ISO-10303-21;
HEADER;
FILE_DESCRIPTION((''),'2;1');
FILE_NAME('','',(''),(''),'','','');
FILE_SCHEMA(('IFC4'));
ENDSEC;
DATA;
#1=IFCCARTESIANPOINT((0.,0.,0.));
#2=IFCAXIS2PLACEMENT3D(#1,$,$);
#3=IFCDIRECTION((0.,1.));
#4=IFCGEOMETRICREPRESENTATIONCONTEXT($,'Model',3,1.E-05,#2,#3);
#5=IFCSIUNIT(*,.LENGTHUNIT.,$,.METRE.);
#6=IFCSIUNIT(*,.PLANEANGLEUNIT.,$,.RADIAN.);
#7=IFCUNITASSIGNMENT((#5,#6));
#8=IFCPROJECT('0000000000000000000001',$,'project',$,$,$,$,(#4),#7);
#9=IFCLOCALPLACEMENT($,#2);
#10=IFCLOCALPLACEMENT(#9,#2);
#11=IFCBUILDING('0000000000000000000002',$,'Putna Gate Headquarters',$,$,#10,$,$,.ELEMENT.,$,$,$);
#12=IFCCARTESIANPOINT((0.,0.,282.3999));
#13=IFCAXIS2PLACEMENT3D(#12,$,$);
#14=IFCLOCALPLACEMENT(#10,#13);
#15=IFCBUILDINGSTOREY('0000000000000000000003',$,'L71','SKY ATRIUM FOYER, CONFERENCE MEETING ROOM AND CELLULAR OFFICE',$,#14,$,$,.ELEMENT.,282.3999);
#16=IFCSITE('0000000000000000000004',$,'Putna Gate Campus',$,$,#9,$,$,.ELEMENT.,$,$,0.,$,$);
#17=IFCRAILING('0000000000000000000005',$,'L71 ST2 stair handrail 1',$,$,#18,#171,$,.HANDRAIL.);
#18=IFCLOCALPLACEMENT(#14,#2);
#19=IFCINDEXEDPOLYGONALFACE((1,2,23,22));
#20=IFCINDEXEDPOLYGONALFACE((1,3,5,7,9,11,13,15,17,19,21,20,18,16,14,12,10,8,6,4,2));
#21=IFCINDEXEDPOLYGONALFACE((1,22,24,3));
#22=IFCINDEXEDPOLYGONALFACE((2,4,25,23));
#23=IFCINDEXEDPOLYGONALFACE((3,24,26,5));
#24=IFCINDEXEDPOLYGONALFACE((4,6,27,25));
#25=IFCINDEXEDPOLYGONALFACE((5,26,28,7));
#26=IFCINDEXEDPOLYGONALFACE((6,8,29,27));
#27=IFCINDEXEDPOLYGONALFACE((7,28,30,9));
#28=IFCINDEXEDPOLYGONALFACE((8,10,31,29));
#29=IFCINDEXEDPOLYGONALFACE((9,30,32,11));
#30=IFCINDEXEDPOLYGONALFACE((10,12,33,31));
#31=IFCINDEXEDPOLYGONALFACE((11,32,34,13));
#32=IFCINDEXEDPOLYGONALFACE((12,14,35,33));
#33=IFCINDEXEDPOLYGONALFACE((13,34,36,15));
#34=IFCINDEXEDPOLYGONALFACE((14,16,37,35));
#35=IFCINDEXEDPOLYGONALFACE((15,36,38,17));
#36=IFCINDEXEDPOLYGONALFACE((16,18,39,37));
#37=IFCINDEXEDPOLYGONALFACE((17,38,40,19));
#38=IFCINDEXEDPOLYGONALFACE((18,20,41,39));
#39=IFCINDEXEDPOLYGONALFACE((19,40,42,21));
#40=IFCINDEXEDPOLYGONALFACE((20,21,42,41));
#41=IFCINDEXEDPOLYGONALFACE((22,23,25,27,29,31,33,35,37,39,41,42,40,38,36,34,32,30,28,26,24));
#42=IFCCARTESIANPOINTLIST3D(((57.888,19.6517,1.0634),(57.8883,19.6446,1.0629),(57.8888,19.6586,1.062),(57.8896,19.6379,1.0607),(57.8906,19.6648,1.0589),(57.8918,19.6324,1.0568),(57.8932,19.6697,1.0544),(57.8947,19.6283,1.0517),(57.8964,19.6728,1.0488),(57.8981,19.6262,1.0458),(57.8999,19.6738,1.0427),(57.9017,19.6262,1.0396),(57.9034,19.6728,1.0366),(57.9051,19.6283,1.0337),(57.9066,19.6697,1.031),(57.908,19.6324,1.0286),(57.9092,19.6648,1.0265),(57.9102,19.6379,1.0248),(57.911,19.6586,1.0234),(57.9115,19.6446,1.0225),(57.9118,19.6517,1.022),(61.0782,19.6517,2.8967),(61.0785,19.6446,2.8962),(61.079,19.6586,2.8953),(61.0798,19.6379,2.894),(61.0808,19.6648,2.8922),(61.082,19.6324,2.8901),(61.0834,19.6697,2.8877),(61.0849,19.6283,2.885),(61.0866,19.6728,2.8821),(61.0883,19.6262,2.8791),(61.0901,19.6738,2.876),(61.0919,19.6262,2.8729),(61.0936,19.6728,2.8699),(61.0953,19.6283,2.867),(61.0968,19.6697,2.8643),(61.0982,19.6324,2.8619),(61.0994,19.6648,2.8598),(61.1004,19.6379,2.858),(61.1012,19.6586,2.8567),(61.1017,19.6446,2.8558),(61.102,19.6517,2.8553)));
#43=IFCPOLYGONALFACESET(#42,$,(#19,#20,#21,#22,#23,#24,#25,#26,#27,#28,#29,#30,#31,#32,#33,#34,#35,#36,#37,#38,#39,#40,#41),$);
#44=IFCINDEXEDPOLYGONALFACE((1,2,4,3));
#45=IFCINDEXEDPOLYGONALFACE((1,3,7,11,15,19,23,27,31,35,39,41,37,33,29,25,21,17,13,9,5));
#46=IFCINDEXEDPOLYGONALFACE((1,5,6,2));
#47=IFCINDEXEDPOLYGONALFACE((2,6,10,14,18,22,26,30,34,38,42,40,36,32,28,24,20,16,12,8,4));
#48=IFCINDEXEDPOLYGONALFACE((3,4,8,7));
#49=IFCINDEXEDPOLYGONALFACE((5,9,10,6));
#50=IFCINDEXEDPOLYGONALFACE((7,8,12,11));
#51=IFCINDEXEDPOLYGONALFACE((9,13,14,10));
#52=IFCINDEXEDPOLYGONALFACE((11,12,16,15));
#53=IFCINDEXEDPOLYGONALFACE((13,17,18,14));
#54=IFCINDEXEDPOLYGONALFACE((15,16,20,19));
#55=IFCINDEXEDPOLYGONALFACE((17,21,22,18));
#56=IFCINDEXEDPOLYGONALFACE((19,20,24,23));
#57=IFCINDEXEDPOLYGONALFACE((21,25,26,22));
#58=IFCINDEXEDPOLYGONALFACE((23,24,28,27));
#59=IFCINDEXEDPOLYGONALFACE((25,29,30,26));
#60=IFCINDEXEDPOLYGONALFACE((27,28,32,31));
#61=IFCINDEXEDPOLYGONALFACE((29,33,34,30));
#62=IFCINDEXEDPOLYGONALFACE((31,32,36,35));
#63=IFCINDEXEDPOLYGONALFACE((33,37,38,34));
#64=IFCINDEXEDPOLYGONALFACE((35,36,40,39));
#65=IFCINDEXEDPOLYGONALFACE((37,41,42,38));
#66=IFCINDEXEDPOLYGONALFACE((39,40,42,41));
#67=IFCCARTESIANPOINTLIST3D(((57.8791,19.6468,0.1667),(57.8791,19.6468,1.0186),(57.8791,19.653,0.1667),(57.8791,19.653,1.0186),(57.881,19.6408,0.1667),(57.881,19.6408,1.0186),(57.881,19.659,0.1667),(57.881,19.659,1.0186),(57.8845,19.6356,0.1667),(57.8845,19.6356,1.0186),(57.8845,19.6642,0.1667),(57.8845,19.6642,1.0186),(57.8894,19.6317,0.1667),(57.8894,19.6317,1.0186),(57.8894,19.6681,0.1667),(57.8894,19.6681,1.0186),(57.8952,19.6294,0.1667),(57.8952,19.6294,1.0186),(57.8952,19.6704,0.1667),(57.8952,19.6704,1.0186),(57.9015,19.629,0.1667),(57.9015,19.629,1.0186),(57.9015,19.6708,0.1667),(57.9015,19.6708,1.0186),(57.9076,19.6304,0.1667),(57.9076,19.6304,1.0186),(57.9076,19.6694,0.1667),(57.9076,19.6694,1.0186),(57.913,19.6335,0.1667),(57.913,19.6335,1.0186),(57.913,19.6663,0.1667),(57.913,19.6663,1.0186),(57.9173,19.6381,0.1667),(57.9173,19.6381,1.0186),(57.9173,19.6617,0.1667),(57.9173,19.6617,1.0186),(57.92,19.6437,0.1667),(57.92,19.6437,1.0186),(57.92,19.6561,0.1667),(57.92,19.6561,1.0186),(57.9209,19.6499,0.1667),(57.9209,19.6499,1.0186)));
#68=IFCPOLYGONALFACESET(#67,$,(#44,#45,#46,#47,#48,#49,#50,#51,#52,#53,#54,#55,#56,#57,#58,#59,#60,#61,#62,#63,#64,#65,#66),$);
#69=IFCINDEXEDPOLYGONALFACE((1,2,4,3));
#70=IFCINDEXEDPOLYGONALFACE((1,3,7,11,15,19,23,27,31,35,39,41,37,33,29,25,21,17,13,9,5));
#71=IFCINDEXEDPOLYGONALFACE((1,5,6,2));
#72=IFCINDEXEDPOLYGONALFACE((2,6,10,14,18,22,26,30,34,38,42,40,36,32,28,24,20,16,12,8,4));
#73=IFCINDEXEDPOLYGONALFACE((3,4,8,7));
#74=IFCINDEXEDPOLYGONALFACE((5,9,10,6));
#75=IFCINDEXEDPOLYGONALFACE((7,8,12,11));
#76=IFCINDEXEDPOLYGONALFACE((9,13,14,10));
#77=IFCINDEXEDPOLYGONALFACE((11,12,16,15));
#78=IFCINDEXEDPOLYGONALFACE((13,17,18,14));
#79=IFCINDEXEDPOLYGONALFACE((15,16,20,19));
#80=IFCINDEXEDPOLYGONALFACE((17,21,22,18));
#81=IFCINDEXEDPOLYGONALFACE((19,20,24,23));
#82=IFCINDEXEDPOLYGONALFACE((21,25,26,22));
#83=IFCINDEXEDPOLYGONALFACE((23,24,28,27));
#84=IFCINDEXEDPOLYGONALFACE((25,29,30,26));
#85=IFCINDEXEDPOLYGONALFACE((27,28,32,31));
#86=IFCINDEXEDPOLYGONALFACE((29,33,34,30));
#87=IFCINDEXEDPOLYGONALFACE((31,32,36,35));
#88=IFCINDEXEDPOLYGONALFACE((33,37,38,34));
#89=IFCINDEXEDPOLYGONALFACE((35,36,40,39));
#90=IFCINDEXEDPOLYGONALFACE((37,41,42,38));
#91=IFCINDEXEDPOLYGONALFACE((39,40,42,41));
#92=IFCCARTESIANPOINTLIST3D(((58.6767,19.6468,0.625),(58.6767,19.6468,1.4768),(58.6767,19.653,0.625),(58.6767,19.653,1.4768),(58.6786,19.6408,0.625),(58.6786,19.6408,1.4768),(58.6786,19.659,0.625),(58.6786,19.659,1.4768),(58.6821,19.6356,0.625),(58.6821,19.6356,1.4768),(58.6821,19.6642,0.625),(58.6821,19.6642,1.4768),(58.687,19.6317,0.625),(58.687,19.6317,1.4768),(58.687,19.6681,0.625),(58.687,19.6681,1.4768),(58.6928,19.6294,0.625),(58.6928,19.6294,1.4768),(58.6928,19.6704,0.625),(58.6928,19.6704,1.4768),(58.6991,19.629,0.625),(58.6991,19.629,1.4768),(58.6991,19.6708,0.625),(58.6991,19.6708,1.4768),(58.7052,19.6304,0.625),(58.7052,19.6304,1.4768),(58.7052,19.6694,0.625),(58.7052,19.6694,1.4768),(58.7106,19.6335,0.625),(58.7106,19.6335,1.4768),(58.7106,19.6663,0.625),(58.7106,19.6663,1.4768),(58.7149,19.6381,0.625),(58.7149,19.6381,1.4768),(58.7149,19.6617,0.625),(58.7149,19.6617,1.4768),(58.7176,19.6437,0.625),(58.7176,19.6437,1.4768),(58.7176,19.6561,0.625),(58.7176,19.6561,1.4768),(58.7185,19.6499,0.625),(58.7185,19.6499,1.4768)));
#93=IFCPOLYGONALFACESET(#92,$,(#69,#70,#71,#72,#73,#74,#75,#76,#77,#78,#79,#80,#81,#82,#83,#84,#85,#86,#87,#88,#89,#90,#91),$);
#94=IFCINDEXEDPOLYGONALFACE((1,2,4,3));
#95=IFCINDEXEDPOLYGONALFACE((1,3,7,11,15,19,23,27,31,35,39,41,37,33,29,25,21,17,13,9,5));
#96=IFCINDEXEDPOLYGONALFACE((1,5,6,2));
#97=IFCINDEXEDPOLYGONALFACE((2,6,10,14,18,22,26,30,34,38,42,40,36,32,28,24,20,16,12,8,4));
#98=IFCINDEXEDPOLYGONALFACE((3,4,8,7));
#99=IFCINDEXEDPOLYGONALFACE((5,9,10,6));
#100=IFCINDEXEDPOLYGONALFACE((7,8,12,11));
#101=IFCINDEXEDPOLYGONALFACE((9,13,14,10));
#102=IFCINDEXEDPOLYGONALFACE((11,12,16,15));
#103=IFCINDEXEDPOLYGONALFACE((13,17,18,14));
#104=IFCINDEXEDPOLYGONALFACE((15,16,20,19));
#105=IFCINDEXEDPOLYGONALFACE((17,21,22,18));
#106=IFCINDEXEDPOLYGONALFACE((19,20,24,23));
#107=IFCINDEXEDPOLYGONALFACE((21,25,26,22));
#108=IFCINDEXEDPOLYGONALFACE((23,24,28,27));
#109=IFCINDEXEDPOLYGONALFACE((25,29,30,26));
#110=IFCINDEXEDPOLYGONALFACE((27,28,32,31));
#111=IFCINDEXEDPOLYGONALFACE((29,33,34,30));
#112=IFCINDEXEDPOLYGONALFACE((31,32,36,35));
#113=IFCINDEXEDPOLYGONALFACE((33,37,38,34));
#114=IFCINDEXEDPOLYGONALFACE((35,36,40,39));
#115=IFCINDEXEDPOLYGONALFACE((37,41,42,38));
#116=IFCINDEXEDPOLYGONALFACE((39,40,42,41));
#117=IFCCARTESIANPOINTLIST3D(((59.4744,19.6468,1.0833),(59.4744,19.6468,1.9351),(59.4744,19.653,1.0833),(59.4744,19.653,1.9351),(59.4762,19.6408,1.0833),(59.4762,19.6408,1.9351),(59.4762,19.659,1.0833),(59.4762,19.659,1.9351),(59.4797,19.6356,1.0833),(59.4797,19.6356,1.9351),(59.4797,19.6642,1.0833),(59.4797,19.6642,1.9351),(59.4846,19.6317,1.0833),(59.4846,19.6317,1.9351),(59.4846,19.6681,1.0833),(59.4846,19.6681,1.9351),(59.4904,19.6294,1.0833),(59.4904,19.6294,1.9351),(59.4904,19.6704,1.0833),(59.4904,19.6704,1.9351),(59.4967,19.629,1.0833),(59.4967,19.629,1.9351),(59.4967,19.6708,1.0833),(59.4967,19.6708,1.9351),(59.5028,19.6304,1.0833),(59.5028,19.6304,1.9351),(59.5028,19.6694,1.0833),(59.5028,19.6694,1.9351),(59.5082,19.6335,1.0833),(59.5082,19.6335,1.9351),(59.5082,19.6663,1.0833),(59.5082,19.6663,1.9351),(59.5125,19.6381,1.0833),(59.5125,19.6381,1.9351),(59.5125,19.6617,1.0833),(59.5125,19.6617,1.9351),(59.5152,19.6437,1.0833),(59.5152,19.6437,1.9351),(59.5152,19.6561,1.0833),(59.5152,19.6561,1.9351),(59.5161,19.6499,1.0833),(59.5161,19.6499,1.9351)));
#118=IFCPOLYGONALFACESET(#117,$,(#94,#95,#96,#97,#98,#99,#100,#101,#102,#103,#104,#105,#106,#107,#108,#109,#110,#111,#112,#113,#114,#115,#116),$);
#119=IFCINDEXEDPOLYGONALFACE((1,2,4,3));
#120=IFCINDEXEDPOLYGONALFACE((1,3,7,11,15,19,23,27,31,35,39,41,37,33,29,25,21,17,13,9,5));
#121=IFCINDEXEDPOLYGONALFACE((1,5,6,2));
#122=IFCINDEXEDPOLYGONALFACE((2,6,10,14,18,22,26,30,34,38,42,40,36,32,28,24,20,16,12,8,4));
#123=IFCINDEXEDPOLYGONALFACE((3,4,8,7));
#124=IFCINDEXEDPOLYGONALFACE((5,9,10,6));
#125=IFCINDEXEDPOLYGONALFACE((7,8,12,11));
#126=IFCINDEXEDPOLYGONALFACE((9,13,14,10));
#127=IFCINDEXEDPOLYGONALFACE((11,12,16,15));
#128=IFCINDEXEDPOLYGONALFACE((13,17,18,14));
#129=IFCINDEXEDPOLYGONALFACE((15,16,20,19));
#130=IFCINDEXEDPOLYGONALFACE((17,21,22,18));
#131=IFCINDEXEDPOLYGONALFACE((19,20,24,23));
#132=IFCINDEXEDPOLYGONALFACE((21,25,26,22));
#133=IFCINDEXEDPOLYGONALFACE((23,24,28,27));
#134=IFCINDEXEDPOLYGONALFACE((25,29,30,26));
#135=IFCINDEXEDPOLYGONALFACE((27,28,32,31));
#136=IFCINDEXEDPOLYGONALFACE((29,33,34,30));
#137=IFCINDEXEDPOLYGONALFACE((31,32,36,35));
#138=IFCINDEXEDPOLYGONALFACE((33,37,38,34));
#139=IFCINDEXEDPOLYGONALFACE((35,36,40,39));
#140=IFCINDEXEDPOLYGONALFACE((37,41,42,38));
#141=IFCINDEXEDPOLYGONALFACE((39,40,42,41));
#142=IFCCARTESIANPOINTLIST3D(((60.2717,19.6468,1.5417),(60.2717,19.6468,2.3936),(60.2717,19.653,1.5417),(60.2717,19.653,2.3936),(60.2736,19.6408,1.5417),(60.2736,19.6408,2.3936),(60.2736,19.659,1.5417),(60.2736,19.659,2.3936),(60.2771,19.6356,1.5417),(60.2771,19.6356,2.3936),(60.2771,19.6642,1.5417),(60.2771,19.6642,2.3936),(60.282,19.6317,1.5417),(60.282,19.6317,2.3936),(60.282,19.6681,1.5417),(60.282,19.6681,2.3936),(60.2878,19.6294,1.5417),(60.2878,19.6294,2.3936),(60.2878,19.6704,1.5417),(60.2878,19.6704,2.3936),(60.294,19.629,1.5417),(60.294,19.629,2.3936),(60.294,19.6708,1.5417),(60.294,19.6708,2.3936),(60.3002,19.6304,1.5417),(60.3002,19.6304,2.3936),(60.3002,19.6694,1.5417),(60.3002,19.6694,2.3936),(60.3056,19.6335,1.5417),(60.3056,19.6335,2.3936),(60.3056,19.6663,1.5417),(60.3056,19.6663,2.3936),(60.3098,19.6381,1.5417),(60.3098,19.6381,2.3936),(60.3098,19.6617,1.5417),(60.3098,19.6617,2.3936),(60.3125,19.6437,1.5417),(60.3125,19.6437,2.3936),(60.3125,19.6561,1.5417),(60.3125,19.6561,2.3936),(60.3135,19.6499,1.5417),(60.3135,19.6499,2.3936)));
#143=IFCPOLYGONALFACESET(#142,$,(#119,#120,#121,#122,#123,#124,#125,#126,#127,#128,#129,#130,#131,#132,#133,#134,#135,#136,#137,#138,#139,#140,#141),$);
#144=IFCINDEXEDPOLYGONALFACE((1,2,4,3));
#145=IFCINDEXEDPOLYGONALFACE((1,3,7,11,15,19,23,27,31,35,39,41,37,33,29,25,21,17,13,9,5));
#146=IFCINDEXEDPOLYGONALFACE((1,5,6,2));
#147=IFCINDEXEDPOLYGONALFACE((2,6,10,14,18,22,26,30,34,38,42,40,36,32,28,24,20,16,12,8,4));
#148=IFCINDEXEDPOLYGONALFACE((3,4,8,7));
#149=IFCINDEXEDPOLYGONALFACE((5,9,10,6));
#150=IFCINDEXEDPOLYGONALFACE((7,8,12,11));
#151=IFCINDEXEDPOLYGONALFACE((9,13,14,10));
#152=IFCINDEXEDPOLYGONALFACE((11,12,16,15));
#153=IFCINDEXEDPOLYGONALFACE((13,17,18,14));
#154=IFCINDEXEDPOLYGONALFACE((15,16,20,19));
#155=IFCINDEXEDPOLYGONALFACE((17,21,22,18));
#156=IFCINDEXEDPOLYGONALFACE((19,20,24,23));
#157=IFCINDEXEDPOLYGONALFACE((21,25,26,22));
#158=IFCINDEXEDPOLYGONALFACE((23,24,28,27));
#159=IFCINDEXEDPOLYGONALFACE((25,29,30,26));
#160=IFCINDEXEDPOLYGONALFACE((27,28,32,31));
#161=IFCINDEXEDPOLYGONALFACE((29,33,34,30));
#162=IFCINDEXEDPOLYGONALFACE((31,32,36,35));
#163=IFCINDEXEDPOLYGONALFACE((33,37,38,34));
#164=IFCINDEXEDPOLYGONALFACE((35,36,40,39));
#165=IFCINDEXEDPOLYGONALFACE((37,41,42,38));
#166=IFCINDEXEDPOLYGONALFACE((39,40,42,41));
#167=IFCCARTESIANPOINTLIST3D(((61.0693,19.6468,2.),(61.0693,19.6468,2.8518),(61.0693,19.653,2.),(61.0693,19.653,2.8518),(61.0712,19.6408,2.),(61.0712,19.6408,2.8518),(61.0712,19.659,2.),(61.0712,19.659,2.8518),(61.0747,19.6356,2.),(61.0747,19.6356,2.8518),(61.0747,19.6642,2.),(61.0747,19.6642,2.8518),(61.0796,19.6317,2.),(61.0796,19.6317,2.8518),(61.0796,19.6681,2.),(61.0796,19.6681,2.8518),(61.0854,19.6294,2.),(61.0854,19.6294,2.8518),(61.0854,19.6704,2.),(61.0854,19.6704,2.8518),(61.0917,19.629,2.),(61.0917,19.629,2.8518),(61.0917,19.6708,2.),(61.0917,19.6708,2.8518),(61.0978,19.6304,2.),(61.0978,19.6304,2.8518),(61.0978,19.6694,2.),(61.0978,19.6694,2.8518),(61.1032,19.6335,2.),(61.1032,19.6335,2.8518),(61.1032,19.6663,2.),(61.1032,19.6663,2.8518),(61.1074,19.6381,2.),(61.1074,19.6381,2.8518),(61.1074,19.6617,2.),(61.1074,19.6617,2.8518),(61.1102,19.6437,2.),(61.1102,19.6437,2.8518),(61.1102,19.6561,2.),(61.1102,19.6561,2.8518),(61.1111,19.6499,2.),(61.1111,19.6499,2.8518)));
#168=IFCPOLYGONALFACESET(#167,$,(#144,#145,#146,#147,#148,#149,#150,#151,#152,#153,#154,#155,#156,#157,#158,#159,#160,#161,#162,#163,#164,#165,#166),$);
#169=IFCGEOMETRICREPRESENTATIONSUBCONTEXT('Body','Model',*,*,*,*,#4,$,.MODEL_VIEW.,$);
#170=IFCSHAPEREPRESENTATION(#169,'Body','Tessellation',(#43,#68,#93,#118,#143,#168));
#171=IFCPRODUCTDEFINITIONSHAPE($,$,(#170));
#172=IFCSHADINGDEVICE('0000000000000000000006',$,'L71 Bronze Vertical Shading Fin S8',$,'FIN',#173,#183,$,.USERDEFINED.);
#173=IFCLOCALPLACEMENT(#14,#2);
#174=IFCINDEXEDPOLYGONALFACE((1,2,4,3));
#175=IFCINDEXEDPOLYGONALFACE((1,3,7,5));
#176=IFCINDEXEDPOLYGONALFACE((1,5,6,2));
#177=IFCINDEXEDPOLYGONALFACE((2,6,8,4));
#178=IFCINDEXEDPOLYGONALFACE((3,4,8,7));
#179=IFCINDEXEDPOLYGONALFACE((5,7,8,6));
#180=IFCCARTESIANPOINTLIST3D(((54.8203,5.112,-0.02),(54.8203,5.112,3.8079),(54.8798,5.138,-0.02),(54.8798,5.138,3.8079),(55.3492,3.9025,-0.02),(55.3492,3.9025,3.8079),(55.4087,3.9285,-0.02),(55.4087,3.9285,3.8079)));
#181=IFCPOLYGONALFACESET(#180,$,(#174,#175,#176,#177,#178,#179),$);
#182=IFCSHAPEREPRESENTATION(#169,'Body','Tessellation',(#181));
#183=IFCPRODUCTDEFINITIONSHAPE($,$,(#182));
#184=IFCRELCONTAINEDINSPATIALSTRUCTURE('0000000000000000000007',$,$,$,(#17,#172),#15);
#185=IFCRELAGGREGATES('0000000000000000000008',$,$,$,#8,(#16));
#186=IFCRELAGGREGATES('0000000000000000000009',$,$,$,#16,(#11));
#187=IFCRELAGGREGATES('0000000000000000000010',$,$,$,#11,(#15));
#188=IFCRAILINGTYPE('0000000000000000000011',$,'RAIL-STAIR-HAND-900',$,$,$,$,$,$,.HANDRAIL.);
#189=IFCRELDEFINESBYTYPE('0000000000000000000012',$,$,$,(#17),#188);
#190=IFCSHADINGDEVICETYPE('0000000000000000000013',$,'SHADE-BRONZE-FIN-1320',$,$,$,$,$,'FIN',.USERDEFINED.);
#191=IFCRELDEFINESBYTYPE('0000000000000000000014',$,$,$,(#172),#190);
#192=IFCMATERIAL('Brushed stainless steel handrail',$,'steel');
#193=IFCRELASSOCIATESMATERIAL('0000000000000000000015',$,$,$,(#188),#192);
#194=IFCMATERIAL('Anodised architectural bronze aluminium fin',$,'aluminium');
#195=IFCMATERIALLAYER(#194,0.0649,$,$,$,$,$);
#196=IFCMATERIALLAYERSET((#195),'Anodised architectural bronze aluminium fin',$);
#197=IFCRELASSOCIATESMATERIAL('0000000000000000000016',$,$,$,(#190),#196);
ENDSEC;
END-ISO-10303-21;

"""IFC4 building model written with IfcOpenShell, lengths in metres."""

from ifc_helpers import new_model, si_unit, direction, frame, origin, origin_2d, place, context, subcontext, project, spatial, rectangle, circle, extrude, material, layer, layer_set, type_object, element, save


model = new_model("IFC4")

# Units and contexts
model_context = context("Model", 3, precision=1e-05, world=origin(), true_north=direction((0.0, 1.0)))
body_context = subcontext(model_context, "Body", "Model", "MODEL_VIEW")
ifc_project = project(units=[si_unit("LENGTHUNIT", "METRE"), si_unit("PLANEANGLEUNIT", "RADIAN")], contexts=[model_context])

# Site, building, storey
site_placement = place(None, origin())
site = spatial("IfcSite", under=ifc_project, at=site_placement, Name="Putna Gate Campus", CompositionType="ELEMENT", RefElevation=0.0)
building_placement = place(site_placement, origin())
building = spatial("IfcBuilding", under=site, at=building_placement, Name="Putna Gate Headquarters", CompositionType="ELEMENT")
storey_placement = place(building_placement, frame((0.0, 0.0, 282.3999)))
storey = spatial("IfcBuildingStorey", under=building, at=storey_placement, Name="L71", Description="SKY ATRIUM FOYER, CONFERENCE MEETING ROOM AND CELLULAR OFFICE", CompositionType="ELEMENT", Elevation=282.3999)

# Railing
ifc_material_1 = material(Name="Brushed stainless steel handrail", Category="steel")
railing_type_1 = type_object("IfcRailingType", Name="RAIL-STAIR-HAND-900", PredefinedType="HANDRAIL", material=ifc_material_1)
railing_1_placement = place(storey_placement, frame((57.8999, 19.6499, 0.1667)))
element("IfcRailing", 1, at=railing_1_placement, inside=storey, type_object=railing_type_1, Name="L71 ST2 stair handrail 1", PredefinedType="HANDRAIL", context=body_context, shape_type="SweptSolid", body=[
    extrude(circle(Radius=0.0239, at=origin_2d()), frame((0.0, 0.0, 0.876), z_axis=(0.867036, 0.0, 0.498245), x_axis=(0.0, 1.0, 0.0)), (0.0, 0.0, 1.0), 3.6794),
    extrude(circle(Radius=0.021, at=origin_2d()), origin(), (0.0, 0.0, 1.0), 0.8518),
    extrude(circle(Radius=0.021, at=origin_2d()), frame((0.7976, 0.0, 0.4583)), (0.0, 0.0, 1.0), 0.8518),
    extrude(circle(Radius=0.021, at=origin_2d()), frame((1.5952, 0.0, 0.9165)), (0.0, 0.0, 1.0), 0.8518),
    extrude(circle(Radius=0.021, at=origin_2d()), frame((2.3926, 0.0, 1.375)), (0.0, 0.0, 1.0), 0.8518),
    extrude(circle(Radius=0.021, at=origin_2d()), frame((3.1902, 0.0, 1.8333)), (0.0, 0.0, 1.0), 0.8518),
])

# Shading device
ifc_material_2 = material(Name="Anodised architectural bronze aluminium fin", Category="aluminium")
ifc_layer_1 = layer(ifc_material_2, 0.0649)
ifc_layer_set_1 = layer_set([ifc_layer_1], Name="Anodised architectural bronze aluminium fin")
shading_device_type = type_object("IfcShadingDeviceType", Name="SHADE-BRONZE-FIN-1320", ElementType="FIN", PredefinedType="USERDEFINED", material=ifc_layer_set_1)
shading_device_placement = place(storey_placement, frame((55.1145, 4.5203, -0.02), z_axis=(0.0, 0.0, 1.0), x_axis=(0.400669, -0.916223, 0.0)))
element("IfcShadingDevice", 2, at=shading_device_placement, inside=storey, type_object=shading_device_type, Name="L71 Bronze Vertical Shading Fin S8", ObjectType="FIN", PredefinedType="USERDEFINED", context=body_context, shape_type="SweptSolid", body=[
    extrude(rectangle(XDim=1.3201, YDim=0.0649, at=origin_2d()), origin(), (0.0, 0.0, 1.0), 3.8279),
])

save(model, "model.ifc")
